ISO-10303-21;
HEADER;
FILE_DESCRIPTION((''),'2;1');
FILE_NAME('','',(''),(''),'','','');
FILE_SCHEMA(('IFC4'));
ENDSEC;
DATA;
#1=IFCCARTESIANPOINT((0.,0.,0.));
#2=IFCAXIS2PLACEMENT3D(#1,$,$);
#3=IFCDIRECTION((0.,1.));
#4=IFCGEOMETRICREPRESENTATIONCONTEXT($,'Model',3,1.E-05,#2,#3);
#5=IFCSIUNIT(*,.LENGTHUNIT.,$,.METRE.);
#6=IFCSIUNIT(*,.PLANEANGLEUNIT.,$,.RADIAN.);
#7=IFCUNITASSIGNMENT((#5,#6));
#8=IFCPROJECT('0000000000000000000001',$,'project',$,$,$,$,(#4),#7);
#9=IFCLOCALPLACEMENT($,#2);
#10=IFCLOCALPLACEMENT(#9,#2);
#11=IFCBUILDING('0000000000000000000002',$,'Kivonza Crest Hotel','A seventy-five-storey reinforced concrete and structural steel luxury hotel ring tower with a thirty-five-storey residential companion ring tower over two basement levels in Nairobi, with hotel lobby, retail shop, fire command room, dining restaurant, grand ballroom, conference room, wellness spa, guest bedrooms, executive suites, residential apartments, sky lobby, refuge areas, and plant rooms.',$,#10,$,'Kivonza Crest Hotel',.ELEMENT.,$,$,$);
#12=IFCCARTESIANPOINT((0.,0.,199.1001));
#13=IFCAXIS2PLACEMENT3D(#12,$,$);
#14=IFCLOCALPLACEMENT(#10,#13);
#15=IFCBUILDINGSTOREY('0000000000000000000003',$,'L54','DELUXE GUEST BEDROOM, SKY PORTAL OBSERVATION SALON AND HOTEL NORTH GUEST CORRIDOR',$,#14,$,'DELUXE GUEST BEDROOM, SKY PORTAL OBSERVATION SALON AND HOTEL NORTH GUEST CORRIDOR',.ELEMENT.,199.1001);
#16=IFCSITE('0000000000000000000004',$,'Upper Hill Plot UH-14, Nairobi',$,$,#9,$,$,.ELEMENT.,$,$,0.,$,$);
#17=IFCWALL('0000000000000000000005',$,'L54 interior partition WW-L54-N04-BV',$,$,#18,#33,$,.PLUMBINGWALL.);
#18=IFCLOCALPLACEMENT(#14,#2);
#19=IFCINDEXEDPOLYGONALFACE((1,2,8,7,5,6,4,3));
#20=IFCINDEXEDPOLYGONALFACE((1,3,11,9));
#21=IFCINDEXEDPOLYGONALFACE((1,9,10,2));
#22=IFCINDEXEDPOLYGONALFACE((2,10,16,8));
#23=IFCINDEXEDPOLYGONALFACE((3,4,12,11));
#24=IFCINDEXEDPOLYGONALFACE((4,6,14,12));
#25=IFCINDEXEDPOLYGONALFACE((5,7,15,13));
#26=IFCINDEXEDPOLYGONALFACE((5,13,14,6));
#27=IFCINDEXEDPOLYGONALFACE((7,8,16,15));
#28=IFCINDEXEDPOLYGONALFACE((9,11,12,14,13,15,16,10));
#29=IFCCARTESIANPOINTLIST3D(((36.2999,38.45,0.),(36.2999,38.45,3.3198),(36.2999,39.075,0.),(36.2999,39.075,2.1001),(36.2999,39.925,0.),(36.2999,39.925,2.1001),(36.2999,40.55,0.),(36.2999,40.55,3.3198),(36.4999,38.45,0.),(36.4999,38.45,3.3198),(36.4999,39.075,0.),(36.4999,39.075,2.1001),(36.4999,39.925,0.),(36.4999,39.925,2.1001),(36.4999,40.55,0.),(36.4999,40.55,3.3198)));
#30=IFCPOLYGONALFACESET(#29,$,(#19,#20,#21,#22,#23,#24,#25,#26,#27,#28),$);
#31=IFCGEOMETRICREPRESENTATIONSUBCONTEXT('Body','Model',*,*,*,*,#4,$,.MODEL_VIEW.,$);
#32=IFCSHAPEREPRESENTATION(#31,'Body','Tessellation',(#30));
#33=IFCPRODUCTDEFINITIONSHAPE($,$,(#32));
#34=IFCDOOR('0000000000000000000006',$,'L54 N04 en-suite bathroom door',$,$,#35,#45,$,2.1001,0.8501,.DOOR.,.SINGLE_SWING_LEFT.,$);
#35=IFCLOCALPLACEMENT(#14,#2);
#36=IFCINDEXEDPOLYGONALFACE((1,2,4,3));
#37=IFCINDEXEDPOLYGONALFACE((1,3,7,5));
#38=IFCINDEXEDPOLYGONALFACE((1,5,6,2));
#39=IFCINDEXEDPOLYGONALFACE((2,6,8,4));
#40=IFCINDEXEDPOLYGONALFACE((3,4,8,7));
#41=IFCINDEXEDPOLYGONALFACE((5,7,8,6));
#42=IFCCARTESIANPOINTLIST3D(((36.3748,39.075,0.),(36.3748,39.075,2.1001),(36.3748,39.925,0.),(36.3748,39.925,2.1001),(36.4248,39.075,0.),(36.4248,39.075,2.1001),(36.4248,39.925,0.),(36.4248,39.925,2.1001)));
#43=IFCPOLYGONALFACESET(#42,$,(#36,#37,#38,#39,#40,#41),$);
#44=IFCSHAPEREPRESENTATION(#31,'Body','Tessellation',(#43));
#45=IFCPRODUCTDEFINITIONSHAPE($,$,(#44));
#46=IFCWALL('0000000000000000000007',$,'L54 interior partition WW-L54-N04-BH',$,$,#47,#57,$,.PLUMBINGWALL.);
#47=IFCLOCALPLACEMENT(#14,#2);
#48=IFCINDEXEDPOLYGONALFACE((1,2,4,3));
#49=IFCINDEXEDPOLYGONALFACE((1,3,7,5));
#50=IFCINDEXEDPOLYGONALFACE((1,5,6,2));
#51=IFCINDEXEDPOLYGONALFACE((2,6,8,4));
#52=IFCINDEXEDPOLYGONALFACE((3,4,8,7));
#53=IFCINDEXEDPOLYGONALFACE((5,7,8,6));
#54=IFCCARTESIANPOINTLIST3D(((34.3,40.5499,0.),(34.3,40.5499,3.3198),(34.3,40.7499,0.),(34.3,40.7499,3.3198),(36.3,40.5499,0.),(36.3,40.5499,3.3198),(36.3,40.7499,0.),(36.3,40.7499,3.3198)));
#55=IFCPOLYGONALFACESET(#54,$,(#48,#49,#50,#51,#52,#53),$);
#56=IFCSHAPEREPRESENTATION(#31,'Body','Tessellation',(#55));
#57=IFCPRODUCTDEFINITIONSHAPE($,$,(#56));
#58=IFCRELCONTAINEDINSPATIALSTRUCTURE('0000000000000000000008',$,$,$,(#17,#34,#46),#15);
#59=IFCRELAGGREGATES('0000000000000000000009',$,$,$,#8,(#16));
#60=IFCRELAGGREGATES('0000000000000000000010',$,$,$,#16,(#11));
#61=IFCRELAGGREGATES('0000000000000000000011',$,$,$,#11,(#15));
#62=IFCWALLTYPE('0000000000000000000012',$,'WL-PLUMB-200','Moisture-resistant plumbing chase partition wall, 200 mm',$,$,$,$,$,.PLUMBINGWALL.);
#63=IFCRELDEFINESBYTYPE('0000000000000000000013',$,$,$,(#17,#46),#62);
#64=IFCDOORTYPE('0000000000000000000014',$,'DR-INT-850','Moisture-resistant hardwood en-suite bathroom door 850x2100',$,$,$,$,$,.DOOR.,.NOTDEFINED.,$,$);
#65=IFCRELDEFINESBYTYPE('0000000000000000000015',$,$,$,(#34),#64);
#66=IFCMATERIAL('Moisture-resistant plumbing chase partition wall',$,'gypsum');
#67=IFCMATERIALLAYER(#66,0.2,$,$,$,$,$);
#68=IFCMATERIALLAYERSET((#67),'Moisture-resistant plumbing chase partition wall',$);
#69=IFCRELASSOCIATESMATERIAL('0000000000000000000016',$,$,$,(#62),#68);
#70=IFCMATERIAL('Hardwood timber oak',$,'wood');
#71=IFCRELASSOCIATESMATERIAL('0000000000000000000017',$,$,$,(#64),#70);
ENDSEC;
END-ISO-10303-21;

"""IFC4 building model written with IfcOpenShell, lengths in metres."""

from ifc_helpers import new_model, si_unit, direction, frame, frame_2d, origin, place, context, subcontext, project, spatial, rectangle, extrude, material, layer, layer_set, type_object, element, fill, save


model = new_model("IFC4")

# Units and contexts
model_context = context("Model", 3, precision=1e-05, world=origin(), true_north=direction((0.0, 1.0)))
body_context = subcontext(model_context, "Body", "Model", "MODEL_VIEW")
ifc_project = project(units=[si_unit("LENGTHUNIT", "METRE"), si_unit("PLANEANGLEUNIT", "RADIAN")], contexts=[model_context])

# Site, building, storey
site_placement = place(None, origin())
site = spatial("IfcSite", under=ifc_project, at=site_placement, Name="Upper Hill Plot UH-14, Nairobi", CompositionType="ELEMENT", RefElevation=0.0)
building_placement = place(site_placement, origin())
building = spatial("IfcBuilding", under=site, at=building_placement, Name="Kivonza Crest Hotel", Description="A seventy-five-storey reinforced concrete and structural steel luxury hotel ring tower with a thirty-five-storey residential companion ring tower over two basement levels in Nairobi, with hotel lobby, retail shop, fire command room, dining restaurant, grand ballroom, conference room, wellness spa, guest bedrooms, executive suites, residential apartments, sky lobby, refuge areas, and plant rooms.", LongName="Kivonza Crest Hotel", CompositionType="ELEMENT")
storey_placement = place(building_placement, frame((0.0, 0.0, 199.1001)))
storey = spatial("IfcBuildingStorey", under=building, at=storey_placement, Name="L54", Description="DELUXE GUEST BEDROOM, SKY PORTAL OBSERVATION SALON AND HOTEL NORTH GUEST CORRIDOR", LongName="DELUXE GUEST BEDROOM, SKY PORTAL OBSERVATION SALON AND HOTEL NORTH GUEST CORRIDOR", CompositionType="ELEMENT", Elevation=199.1001)

# Shared definitions
ifc_material_1 = material(Name="Hardwood timber oak", Category="wood")

# Shared definitions
ifc_material_2 = material(Name="Moisture-resistant plumbing chase partition wall", Category="gypsum")
ifc_layer_1 = layer(ifc_material_2, 0.2)
ifc_layer_set_1 = layer_set([ifc_layer_1], Name="Moisture-resistant plumbing chase partition wall")
wall_type_1 = type_object("IfcWallType", Name="WL-PLUMB-200", Description="Moisture-resistant plumbing chase partition wall, 200 mm", PredefinedType="PLUMBINGWALL", material=ifc_layer_set_1)

# Wall, opening, door
wall_1_placement = place(storey_placement, frame((36.3999, 38.45, 0.0), z_axis=(0.0, 0.0, 1.0), x_axis=(0.0, 1.0, 0.0)))
wall_1 = element("IfcWall", 1, at=wall_1_placement, inside=storey, type_object=wall_type_1, Name="L54 interior partition WW-L54-N04-BV", PredefinedType="PLUMBINGWALL", context=body_context, shape_type="SweptSolid", body=[
    extrude(rectangle(XDim=2.1001, YDim=0.2, at=frame_2d((1.05, 0.0))), origin(), (0.0, 0.0, 1.0), 3.3198),
])
opening_1_placement = place(wall_1_placement, frame((0.625, 0.0, 0.0)))
opening_1 = element("IfcOpeningElement", 2, at=opening_1_placement, cuts=wall_1, PredefinedType="OPENING", context=body_context, shape_type="SweptSolid", body=[
    extrude(rectangle(XDim=0.8501, YDim=2.1001, at=frame_2d((0.425, 1.05))), frame((0.0, 0.1099, 0.0), z_axis=(0.0, -1.0, 0.0), x_axis=(1.0, 0.0, 0.0)), (0.0, 0.0, 1.0), 0.22),
])
door_type_1 = type_object("IfcDoorType", Name="DR-INT-850", Description="Moisture-resistant hardwood en-suite bathroom door 850x2100", OperationType="NOTDEFINED", PredefinedType="DOOR", material=ifc_material_1)
door_1_placement = place(opening_1_placement, frame((0.8501, 0.0, 0.0), z_axis=(0.0, 0.0, 1.0), x_axis=(-1.0, 0.0, 0.0)))
door_1 = element("IfcDoor", 3, at=door_1_placement, inside=storey, type_object=door_type_1, Name="L54 N04 en-suite bathroom door", OperationType="SINGLE_SWING_LEFT", OverallHeight=2.1001, OverallWidth=0.8501, PredefinedType="DOOR", context=body_context, shape_type="SweptSolid", body=[
    extrude(rectangle(XDim=0.8501, YDim=2.1001, at=frame_2d((0.425, 1.05))), frame((0.0, 0.0249, 0.0), z_axis=(0.0, -1.0, 0.0), x_axis=(1.0, 0.0, 0.0)), (0.0, 0.0, 1.0), 0.05),
])
fill(opening_1, door_1)

# Wall
wall_2_placement = place(storey_placement, frame((34.3, 40.6499, 0.0), z_axis=(0.0, 0.0, 1.0), x_axis=(1.0, 0.0, 0.0)))
element("IfcWall", 4, at=wall_2_placement, inside=storey, type_object=wall_type_1, Name="L54 interior partition WW-L54-N04-BH", PredefinedType="PLUMBINGWALL", context=body_context, shape_type="SweptSolid", body=[
    extrude(rectangle(XDim=2.0, YDim=0.2, at=frame_2d((1.0, 0.0))), origin(), (0.0, 0.0, 1.0), 3.3198),
])

save(model, "model.ifc")
